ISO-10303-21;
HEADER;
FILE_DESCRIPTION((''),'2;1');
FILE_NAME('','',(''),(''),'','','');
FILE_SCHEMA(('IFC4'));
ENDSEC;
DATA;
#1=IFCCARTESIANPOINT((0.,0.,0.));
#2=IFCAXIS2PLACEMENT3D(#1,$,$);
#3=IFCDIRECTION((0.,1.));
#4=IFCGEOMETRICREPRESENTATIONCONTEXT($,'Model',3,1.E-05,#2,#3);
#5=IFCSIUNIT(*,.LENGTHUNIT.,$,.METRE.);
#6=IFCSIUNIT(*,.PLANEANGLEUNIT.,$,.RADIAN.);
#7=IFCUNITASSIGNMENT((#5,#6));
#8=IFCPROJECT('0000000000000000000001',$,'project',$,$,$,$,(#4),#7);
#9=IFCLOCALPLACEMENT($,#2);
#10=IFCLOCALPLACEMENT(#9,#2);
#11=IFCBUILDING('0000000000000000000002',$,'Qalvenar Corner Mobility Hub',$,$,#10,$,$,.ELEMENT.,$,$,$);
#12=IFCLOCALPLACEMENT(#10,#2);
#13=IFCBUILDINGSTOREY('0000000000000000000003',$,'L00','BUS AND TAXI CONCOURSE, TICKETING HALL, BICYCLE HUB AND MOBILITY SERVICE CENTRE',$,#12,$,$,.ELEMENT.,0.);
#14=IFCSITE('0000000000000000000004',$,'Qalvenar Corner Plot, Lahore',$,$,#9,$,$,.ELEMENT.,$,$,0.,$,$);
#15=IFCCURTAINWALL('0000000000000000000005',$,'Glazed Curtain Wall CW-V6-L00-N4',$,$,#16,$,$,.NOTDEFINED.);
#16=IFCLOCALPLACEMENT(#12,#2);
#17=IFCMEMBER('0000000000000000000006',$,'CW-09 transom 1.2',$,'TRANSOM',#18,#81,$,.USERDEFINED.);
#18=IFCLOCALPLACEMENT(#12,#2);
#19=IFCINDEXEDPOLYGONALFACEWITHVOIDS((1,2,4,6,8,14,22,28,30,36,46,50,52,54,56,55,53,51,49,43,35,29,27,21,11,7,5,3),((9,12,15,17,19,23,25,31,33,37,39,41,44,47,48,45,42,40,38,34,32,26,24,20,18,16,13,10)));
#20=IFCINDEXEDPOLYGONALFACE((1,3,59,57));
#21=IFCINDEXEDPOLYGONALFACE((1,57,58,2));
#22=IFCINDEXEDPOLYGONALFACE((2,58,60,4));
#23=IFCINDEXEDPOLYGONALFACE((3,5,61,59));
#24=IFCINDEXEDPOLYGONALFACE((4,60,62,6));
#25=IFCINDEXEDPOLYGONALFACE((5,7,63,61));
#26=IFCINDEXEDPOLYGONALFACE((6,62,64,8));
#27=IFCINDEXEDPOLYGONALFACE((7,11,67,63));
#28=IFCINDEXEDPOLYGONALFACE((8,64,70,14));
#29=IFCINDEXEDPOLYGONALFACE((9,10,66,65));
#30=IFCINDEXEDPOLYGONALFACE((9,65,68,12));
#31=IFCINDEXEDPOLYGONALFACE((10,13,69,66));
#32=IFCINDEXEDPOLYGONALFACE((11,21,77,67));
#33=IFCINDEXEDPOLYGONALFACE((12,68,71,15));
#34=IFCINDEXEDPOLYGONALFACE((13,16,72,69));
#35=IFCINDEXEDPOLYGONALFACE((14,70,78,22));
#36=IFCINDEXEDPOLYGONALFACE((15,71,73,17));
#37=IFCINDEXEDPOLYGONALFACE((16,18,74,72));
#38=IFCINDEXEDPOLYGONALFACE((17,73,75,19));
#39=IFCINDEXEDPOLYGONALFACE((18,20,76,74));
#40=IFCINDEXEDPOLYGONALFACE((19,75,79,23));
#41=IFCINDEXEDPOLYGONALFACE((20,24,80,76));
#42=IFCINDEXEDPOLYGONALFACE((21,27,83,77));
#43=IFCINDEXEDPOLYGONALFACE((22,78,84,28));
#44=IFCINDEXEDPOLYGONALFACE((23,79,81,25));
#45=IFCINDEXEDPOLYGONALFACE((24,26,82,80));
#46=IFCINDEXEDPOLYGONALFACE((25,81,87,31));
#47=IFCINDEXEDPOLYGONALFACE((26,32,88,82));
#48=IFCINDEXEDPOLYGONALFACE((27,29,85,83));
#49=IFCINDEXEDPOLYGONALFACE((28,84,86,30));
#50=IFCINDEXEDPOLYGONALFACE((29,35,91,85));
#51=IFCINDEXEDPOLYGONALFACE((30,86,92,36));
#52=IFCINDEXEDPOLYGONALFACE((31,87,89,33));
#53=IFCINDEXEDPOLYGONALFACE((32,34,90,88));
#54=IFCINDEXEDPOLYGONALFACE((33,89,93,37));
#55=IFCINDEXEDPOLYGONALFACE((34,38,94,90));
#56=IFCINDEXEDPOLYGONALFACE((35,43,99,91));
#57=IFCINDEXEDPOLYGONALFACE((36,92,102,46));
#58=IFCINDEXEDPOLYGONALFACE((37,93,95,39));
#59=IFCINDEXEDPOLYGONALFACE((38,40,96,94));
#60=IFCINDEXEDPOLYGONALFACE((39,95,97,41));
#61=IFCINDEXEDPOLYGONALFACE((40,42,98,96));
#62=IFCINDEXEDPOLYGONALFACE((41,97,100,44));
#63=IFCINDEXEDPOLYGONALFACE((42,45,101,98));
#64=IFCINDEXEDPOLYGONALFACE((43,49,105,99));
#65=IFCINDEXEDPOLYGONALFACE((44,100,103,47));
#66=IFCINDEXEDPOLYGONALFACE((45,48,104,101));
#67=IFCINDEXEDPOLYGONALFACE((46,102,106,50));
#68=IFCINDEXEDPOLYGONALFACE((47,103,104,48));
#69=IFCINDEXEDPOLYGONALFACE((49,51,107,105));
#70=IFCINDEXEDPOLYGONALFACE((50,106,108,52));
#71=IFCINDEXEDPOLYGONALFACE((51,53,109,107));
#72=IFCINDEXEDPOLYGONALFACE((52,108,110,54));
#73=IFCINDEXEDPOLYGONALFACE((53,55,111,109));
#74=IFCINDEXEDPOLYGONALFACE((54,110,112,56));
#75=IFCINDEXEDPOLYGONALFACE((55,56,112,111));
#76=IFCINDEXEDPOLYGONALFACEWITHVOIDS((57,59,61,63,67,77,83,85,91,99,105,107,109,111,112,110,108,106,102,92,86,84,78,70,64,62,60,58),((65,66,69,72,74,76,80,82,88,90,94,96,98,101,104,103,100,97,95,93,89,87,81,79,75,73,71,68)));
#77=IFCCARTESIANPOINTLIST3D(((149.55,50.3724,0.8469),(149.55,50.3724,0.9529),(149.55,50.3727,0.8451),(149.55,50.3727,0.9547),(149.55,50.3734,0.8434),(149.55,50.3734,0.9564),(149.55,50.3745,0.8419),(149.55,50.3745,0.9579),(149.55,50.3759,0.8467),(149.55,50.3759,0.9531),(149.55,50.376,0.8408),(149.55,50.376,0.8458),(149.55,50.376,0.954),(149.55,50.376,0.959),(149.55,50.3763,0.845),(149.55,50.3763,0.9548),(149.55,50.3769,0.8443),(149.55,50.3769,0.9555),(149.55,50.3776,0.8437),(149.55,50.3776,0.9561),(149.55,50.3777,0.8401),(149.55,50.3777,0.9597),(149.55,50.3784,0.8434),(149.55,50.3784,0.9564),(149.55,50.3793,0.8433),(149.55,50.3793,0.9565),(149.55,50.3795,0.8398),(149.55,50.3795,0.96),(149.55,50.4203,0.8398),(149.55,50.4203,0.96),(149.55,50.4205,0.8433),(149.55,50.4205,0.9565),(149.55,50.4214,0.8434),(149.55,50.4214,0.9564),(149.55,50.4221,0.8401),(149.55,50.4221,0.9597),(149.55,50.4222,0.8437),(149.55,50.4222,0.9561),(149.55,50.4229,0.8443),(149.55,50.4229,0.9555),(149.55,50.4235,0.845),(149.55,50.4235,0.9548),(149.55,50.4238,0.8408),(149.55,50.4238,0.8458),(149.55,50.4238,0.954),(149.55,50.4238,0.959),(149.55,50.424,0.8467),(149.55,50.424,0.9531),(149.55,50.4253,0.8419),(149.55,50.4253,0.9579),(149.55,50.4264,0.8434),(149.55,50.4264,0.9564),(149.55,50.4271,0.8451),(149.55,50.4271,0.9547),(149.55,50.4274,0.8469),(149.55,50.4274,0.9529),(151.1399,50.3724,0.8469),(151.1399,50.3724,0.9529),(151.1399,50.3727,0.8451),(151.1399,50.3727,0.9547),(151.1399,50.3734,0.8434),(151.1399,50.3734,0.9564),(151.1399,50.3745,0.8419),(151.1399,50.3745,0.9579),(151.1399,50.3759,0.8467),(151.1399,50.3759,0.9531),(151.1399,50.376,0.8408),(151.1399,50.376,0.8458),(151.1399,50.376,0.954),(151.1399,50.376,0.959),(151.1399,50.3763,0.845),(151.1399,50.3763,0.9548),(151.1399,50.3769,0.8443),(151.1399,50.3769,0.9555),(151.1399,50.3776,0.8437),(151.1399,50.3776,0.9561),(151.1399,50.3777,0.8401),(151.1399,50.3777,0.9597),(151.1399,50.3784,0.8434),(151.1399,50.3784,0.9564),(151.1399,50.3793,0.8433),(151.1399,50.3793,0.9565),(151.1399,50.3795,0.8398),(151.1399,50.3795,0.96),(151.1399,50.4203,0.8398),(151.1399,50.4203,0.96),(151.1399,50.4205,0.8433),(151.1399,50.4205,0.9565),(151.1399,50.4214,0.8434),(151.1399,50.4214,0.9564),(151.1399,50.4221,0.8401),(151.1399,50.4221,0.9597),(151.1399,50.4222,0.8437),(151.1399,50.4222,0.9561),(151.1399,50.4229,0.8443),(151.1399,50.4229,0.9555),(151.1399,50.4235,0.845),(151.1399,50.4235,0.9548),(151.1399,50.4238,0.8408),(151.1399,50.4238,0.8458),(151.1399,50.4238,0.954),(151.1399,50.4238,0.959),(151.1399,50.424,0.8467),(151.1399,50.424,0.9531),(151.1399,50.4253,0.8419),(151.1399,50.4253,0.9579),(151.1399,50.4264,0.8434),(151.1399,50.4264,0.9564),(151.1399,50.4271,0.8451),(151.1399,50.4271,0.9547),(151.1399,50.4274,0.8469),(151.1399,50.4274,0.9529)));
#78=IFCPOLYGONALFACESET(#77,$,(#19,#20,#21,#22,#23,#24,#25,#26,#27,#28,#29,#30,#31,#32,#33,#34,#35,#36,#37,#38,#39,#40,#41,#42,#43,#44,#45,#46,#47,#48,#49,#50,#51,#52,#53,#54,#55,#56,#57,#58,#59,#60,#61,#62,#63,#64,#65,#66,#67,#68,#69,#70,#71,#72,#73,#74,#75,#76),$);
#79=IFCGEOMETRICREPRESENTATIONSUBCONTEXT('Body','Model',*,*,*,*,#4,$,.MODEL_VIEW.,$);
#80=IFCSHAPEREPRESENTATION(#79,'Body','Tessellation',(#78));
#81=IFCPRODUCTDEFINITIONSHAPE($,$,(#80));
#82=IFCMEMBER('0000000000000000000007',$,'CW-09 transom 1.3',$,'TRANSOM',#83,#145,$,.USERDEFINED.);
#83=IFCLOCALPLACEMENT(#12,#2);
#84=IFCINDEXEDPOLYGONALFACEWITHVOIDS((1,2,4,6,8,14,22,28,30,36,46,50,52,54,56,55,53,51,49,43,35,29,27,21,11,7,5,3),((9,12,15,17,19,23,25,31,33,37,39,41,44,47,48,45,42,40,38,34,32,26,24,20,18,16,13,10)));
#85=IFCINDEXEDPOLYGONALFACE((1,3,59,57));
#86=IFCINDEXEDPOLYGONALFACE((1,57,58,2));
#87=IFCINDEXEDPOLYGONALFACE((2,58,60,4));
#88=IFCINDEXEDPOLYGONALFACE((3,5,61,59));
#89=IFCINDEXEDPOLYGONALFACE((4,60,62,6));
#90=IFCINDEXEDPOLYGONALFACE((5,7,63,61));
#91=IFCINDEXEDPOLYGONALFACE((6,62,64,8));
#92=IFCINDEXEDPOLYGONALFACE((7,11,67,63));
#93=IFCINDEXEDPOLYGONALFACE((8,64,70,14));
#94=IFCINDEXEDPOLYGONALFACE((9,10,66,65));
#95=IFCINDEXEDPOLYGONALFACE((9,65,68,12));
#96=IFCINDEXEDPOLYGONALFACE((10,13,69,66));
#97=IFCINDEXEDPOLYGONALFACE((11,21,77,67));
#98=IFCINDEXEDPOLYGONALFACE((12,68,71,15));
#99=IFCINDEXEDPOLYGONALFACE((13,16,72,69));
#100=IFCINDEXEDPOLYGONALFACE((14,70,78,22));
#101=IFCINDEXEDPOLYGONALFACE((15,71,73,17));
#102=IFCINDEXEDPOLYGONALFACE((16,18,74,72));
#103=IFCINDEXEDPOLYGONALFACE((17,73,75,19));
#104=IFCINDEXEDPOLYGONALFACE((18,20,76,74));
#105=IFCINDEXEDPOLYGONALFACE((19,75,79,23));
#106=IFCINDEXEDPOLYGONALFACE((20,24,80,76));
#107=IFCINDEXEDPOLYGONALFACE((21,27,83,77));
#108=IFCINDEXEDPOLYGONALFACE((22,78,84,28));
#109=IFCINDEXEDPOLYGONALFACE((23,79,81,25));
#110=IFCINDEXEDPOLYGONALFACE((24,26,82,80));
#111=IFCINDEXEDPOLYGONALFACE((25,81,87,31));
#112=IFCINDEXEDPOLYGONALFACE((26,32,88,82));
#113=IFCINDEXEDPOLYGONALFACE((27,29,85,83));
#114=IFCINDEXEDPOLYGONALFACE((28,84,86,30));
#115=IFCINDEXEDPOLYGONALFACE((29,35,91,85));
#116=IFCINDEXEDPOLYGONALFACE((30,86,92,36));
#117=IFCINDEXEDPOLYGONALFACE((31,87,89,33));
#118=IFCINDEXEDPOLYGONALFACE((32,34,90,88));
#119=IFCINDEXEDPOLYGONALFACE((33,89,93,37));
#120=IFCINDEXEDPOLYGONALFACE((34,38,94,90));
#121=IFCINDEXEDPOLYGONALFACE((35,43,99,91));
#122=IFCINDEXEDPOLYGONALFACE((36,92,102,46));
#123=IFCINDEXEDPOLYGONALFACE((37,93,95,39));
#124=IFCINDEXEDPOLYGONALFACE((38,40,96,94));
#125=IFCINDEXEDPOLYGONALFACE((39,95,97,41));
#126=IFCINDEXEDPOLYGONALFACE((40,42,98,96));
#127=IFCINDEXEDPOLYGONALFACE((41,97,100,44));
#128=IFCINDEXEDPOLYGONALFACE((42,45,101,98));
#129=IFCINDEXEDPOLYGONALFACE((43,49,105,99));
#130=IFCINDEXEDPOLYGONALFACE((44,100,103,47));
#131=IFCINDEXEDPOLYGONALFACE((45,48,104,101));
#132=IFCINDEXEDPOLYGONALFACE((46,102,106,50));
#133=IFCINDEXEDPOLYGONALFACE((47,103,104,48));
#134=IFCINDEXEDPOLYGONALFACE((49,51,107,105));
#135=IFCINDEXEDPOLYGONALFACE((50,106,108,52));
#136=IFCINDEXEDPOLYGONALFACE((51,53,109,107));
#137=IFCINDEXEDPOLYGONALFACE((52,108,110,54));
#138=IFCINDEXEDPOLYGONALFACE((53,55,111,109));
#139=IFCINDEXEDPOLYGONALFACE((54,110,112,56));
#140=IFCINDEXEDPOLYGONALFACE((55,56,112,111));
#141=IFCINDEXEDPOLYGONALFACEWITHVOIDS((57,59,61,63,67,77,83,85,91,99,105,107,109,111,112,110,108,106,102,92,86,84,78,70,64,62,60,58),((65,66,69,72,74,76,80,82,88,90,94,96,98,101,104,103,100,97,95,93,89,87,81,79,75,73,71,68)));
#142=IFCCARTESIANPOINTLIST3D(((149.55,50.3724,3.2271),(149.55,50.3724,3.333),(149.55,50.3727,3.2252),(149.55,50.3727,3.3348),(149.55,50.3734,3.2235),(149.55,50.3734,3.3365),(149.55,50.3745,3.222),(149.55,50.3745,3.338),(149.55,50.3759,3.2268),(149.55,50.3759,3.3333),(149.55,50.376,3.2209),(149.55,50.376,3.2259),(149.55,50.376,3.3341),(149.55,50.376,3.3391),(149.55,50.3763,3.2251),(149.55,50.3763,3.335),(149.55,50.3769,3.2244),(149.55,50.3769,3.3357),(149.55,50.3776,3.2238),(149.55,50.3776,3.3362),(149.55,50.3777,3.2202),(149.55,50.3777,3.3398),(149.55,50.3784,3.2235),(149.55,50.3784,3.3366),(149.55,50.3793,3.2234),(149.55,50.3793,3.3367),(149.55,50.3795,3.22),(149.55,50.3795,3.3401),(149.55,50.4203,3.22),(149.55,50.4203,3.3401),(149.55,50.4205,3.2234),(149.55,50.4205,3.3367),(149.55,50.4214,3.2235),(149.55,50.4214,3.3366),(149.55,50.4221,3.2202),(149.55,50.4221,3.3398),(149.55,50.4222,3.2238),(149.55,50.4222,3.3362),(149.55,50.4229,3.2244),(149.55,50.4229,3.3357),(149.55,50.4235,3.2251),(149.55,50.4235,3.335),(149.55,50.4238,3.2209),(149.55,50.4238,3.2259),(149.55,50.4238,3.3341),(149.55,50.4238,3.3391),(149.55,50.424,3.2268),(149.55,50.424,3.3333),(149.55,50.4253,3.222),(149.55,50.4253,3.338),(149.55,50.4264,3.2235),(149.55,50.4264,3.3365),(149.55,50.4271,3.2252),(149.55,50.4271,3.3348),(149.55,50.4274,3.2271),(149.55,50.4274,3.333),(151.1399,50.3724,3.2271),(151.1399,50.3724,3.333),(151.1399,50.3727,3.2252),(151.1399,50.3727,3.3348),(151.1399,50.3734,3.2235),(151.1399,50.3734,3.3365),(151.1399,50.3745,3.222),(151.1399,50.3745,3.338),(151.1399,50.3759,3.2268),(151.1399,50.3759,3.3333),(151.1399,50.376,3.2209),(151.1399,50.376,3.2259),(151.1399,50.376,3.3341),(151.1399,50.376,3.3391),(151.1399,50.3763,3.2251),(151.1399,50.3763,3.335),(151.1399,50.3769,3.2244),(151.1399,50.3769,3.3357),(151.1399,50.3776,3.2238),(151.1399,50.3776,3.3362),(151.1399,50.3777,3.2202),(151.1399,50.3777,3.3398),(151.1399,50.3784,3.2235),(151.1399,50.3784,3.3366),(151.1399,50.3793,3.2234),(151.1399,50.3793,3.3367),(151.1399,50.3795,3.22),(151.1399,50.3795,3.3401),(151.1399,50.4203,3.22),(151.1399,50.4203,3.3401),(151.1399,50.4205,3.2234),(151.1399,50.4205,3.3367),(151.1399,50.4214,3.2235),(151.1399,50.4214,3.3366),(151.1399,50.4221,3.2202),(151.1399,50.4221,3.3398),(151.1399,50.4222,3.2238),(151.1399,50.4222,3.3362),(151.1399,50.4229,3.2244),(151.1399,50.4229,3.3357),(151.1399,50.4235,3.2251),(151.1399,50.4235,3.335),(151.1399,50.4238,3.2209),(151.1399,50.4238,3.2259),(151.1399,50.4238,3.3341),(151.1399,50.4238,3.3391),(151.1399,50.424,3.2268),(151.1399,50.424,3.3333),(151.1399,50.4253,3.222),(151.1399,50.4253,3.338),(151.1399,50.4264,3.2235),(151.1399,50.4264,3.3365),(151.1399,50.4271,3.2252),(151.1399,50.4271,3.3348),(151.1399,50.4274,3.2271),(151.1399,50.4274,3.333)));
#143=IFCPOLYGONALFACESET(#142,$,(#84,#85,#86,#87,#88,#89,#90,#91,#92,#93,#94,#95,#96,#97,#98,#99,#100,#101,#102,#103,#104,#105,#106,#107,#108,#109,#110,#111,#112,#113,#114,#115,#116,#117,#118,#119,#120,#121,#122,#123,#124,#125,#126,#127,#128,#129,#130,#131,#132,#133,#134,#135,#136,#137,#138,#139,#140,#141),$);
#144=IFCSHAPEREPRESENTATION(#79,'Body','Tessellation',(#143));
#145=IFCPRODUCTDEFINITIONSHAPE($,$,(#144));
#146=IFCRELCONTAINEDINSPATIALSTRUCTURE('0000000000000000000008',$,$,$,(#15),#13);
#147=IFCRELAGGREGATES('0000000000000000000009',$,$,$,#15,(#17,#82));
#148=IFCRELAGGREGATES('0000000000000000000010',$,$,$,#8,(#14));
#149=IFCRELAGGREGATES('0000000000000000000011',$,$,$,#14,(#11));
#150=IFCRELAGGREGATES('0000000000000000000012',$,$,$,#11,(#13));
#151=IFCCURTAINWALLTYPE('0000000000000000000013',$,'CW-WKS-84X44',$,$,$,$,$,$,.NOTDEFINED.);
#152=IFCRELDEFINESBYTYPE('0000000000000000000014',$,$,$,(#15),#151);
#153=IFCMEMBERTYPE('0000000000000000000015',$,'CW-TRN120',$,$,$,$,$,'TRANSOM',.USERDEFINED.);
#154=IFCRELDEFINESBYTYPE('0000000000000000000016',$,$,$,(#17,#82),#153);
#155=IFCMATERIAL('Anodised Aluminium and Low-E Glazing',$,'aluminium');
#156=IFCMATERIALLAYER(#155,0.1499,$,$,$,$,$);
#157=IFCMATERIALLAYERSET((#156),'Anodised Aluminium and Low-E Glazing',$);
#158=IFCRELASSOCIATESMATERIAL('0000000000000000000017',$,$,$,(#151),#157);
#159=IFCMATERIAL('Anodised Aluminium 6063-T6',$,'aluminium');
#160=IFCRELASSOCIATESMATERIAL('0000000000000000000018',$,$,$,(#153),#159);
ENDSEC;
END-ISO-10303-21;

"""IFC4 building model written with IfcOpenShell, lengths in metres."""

from ifc_helpers import new_model, si_unit, direction, frame, origin, origin_2d, place, context, subcontext, project, spatial, hollow_rectangle, extrude, material, layer, layer_set, material_profile, profile_set, type_object, element, aggregate, save


model = new_model("IFC4")

# Units and contexts
model_context = context("Model", 3, precision=1e-05, world=origin(), true_north=direction((0.0, 1.0)))
body_context = subcontext(model_context, "Body", "Model", "MODEL_VIEW")
ifc_project = project(units=[si_unit("LENGTHUNIT", "METRE"), si_unit("PLANEANGLEUNIT", "RADIAN")], contexts=[model_context])

# Site, building, storey
site_placement = place(None, origin())
site = spatial("IfcSite", under=ifc_project, at=site_placement, Name="Qalvenar Corner Plot, Lahore", CompositionType="ELEMENT", RefElevation=0.0)
building_placement = place(site_placement, origin())
building = spatial("IfcBuilding", under=site, at=building_placement, Name="Qalvenar Corner Mobility Hub", CompositionType="ELEMENT")
storey_placement = place(building_placement, origin())
storey = spatial("IfcBuildingStorey", under=building, at=storey_placement, Name="L00", Description="BUS AND TAXI CONCOURSE, TICKETING HALL, BICYCLE HUB AND MOBILITY SERVICE CENTRE", CompositionType="ELEMENT", Elevation=0.0)

# Curtain wall
ifc_material_1 = material(Name="Anodised Aluminium and Low-E Glazing", Category="aluminium")
ifc_layer_1 = layer(ifc_material_1, 0.1499)
ifc_layer_set_1 = layer_set([ifc_layer_1], Name="Anodised Aluminium and Low-E Glazing")
curtain_wall_type = type_object("IfcCurtainWallType", Name="CW-WKS-84X44", PredefinedType="NOTDEFINED", material=ifc_layer_set_1)
curtain_wall_1_placement = place(storey_placement, origin())
curtain_wall_1 = element("IfcCurtainWall", 1, at=curtain_wall_1_placement, inside=storey, type_object=curtain_wall_type, Name="Glazed Curtain Wall CW-V6-L00-N4", PredefinedType="NOTDEFINED")
ifc_material_2 = material(Name="Anodised Aluminium 6063-T6", Category="aluminium")

# Members
ifc_material_profile_1 = material_profile(ifc_material_2, hollow_rectangle(XDim=0.0549, YDim=0.1201, WallThickness=0.0034, InnerFilletRadius=0.0034, OuterFilletRadius=0.0071, at=origin_2d()), Name="RHS120x55x3.5")
ifc_profile_set_1 = profile_set([ifc_material_profile_1], Name="Anodised Aluminium 6063-T6")
member_type_1 = type_object("IfcMemberType", Name="CW-TRN120", ElementType="TRANSOM", PredefinedType="USERDEFINED", material=ifc_profile_set_1)
member_1_placement = place(storey_placement, frame((151.1399, 50.3999, 0.8999), z_axis=(-1.0, 0.0, 0.0), x_axis=(0.0, -1.0, 0.0)))
member_1 = element("IfcMember", 2, at=member_1_placement, type_object=member_type_1, Name="CW-09 transom 1.2", ObjectType="TRANSOM", PredefinedType="USERDEFINED", context=body_context, shape_type="SweptSolid", body=[
    extrude(hollow_rectangle(XDim=0.0549, YDim=0.1201, WallThickness=0.0034, InnerFilletRadius=0.0034, OuterFilletRadius=0.0071, at=origin_2d()), origin(), (0.0, 0.0, 1.0), 1.5898),
])
member_2_placement = place(storey_placement, frame((151.1399, 50.3999, 3.28), z_axis=(-1.0, 0.0, 0.0), x_axis=(0.0, -1.0, 0.0)))
member_2 = element("IfcMember", 3, at=member_2_placement, type_object=member_type_1, Name="CW-09 transom 1.3", ObjectType="TRANSOM", PredefinedType="USERDEFINED", context=body_context, shape_type="SweptSolid", body=[
    extrude(hollow_rectangle(XDim=0.0549, YDim=0.1201, WallThickness=0.0034, InnerFilletRadius=0.0034, OuterFilletRadius=0.0071, at=origin_2d()), origin(), (0.0, 0.0, 1.0), 1.5898),
])

aggregate(curtain_wall_1, [member_1, member_2])

save(model, "model.ifc")
